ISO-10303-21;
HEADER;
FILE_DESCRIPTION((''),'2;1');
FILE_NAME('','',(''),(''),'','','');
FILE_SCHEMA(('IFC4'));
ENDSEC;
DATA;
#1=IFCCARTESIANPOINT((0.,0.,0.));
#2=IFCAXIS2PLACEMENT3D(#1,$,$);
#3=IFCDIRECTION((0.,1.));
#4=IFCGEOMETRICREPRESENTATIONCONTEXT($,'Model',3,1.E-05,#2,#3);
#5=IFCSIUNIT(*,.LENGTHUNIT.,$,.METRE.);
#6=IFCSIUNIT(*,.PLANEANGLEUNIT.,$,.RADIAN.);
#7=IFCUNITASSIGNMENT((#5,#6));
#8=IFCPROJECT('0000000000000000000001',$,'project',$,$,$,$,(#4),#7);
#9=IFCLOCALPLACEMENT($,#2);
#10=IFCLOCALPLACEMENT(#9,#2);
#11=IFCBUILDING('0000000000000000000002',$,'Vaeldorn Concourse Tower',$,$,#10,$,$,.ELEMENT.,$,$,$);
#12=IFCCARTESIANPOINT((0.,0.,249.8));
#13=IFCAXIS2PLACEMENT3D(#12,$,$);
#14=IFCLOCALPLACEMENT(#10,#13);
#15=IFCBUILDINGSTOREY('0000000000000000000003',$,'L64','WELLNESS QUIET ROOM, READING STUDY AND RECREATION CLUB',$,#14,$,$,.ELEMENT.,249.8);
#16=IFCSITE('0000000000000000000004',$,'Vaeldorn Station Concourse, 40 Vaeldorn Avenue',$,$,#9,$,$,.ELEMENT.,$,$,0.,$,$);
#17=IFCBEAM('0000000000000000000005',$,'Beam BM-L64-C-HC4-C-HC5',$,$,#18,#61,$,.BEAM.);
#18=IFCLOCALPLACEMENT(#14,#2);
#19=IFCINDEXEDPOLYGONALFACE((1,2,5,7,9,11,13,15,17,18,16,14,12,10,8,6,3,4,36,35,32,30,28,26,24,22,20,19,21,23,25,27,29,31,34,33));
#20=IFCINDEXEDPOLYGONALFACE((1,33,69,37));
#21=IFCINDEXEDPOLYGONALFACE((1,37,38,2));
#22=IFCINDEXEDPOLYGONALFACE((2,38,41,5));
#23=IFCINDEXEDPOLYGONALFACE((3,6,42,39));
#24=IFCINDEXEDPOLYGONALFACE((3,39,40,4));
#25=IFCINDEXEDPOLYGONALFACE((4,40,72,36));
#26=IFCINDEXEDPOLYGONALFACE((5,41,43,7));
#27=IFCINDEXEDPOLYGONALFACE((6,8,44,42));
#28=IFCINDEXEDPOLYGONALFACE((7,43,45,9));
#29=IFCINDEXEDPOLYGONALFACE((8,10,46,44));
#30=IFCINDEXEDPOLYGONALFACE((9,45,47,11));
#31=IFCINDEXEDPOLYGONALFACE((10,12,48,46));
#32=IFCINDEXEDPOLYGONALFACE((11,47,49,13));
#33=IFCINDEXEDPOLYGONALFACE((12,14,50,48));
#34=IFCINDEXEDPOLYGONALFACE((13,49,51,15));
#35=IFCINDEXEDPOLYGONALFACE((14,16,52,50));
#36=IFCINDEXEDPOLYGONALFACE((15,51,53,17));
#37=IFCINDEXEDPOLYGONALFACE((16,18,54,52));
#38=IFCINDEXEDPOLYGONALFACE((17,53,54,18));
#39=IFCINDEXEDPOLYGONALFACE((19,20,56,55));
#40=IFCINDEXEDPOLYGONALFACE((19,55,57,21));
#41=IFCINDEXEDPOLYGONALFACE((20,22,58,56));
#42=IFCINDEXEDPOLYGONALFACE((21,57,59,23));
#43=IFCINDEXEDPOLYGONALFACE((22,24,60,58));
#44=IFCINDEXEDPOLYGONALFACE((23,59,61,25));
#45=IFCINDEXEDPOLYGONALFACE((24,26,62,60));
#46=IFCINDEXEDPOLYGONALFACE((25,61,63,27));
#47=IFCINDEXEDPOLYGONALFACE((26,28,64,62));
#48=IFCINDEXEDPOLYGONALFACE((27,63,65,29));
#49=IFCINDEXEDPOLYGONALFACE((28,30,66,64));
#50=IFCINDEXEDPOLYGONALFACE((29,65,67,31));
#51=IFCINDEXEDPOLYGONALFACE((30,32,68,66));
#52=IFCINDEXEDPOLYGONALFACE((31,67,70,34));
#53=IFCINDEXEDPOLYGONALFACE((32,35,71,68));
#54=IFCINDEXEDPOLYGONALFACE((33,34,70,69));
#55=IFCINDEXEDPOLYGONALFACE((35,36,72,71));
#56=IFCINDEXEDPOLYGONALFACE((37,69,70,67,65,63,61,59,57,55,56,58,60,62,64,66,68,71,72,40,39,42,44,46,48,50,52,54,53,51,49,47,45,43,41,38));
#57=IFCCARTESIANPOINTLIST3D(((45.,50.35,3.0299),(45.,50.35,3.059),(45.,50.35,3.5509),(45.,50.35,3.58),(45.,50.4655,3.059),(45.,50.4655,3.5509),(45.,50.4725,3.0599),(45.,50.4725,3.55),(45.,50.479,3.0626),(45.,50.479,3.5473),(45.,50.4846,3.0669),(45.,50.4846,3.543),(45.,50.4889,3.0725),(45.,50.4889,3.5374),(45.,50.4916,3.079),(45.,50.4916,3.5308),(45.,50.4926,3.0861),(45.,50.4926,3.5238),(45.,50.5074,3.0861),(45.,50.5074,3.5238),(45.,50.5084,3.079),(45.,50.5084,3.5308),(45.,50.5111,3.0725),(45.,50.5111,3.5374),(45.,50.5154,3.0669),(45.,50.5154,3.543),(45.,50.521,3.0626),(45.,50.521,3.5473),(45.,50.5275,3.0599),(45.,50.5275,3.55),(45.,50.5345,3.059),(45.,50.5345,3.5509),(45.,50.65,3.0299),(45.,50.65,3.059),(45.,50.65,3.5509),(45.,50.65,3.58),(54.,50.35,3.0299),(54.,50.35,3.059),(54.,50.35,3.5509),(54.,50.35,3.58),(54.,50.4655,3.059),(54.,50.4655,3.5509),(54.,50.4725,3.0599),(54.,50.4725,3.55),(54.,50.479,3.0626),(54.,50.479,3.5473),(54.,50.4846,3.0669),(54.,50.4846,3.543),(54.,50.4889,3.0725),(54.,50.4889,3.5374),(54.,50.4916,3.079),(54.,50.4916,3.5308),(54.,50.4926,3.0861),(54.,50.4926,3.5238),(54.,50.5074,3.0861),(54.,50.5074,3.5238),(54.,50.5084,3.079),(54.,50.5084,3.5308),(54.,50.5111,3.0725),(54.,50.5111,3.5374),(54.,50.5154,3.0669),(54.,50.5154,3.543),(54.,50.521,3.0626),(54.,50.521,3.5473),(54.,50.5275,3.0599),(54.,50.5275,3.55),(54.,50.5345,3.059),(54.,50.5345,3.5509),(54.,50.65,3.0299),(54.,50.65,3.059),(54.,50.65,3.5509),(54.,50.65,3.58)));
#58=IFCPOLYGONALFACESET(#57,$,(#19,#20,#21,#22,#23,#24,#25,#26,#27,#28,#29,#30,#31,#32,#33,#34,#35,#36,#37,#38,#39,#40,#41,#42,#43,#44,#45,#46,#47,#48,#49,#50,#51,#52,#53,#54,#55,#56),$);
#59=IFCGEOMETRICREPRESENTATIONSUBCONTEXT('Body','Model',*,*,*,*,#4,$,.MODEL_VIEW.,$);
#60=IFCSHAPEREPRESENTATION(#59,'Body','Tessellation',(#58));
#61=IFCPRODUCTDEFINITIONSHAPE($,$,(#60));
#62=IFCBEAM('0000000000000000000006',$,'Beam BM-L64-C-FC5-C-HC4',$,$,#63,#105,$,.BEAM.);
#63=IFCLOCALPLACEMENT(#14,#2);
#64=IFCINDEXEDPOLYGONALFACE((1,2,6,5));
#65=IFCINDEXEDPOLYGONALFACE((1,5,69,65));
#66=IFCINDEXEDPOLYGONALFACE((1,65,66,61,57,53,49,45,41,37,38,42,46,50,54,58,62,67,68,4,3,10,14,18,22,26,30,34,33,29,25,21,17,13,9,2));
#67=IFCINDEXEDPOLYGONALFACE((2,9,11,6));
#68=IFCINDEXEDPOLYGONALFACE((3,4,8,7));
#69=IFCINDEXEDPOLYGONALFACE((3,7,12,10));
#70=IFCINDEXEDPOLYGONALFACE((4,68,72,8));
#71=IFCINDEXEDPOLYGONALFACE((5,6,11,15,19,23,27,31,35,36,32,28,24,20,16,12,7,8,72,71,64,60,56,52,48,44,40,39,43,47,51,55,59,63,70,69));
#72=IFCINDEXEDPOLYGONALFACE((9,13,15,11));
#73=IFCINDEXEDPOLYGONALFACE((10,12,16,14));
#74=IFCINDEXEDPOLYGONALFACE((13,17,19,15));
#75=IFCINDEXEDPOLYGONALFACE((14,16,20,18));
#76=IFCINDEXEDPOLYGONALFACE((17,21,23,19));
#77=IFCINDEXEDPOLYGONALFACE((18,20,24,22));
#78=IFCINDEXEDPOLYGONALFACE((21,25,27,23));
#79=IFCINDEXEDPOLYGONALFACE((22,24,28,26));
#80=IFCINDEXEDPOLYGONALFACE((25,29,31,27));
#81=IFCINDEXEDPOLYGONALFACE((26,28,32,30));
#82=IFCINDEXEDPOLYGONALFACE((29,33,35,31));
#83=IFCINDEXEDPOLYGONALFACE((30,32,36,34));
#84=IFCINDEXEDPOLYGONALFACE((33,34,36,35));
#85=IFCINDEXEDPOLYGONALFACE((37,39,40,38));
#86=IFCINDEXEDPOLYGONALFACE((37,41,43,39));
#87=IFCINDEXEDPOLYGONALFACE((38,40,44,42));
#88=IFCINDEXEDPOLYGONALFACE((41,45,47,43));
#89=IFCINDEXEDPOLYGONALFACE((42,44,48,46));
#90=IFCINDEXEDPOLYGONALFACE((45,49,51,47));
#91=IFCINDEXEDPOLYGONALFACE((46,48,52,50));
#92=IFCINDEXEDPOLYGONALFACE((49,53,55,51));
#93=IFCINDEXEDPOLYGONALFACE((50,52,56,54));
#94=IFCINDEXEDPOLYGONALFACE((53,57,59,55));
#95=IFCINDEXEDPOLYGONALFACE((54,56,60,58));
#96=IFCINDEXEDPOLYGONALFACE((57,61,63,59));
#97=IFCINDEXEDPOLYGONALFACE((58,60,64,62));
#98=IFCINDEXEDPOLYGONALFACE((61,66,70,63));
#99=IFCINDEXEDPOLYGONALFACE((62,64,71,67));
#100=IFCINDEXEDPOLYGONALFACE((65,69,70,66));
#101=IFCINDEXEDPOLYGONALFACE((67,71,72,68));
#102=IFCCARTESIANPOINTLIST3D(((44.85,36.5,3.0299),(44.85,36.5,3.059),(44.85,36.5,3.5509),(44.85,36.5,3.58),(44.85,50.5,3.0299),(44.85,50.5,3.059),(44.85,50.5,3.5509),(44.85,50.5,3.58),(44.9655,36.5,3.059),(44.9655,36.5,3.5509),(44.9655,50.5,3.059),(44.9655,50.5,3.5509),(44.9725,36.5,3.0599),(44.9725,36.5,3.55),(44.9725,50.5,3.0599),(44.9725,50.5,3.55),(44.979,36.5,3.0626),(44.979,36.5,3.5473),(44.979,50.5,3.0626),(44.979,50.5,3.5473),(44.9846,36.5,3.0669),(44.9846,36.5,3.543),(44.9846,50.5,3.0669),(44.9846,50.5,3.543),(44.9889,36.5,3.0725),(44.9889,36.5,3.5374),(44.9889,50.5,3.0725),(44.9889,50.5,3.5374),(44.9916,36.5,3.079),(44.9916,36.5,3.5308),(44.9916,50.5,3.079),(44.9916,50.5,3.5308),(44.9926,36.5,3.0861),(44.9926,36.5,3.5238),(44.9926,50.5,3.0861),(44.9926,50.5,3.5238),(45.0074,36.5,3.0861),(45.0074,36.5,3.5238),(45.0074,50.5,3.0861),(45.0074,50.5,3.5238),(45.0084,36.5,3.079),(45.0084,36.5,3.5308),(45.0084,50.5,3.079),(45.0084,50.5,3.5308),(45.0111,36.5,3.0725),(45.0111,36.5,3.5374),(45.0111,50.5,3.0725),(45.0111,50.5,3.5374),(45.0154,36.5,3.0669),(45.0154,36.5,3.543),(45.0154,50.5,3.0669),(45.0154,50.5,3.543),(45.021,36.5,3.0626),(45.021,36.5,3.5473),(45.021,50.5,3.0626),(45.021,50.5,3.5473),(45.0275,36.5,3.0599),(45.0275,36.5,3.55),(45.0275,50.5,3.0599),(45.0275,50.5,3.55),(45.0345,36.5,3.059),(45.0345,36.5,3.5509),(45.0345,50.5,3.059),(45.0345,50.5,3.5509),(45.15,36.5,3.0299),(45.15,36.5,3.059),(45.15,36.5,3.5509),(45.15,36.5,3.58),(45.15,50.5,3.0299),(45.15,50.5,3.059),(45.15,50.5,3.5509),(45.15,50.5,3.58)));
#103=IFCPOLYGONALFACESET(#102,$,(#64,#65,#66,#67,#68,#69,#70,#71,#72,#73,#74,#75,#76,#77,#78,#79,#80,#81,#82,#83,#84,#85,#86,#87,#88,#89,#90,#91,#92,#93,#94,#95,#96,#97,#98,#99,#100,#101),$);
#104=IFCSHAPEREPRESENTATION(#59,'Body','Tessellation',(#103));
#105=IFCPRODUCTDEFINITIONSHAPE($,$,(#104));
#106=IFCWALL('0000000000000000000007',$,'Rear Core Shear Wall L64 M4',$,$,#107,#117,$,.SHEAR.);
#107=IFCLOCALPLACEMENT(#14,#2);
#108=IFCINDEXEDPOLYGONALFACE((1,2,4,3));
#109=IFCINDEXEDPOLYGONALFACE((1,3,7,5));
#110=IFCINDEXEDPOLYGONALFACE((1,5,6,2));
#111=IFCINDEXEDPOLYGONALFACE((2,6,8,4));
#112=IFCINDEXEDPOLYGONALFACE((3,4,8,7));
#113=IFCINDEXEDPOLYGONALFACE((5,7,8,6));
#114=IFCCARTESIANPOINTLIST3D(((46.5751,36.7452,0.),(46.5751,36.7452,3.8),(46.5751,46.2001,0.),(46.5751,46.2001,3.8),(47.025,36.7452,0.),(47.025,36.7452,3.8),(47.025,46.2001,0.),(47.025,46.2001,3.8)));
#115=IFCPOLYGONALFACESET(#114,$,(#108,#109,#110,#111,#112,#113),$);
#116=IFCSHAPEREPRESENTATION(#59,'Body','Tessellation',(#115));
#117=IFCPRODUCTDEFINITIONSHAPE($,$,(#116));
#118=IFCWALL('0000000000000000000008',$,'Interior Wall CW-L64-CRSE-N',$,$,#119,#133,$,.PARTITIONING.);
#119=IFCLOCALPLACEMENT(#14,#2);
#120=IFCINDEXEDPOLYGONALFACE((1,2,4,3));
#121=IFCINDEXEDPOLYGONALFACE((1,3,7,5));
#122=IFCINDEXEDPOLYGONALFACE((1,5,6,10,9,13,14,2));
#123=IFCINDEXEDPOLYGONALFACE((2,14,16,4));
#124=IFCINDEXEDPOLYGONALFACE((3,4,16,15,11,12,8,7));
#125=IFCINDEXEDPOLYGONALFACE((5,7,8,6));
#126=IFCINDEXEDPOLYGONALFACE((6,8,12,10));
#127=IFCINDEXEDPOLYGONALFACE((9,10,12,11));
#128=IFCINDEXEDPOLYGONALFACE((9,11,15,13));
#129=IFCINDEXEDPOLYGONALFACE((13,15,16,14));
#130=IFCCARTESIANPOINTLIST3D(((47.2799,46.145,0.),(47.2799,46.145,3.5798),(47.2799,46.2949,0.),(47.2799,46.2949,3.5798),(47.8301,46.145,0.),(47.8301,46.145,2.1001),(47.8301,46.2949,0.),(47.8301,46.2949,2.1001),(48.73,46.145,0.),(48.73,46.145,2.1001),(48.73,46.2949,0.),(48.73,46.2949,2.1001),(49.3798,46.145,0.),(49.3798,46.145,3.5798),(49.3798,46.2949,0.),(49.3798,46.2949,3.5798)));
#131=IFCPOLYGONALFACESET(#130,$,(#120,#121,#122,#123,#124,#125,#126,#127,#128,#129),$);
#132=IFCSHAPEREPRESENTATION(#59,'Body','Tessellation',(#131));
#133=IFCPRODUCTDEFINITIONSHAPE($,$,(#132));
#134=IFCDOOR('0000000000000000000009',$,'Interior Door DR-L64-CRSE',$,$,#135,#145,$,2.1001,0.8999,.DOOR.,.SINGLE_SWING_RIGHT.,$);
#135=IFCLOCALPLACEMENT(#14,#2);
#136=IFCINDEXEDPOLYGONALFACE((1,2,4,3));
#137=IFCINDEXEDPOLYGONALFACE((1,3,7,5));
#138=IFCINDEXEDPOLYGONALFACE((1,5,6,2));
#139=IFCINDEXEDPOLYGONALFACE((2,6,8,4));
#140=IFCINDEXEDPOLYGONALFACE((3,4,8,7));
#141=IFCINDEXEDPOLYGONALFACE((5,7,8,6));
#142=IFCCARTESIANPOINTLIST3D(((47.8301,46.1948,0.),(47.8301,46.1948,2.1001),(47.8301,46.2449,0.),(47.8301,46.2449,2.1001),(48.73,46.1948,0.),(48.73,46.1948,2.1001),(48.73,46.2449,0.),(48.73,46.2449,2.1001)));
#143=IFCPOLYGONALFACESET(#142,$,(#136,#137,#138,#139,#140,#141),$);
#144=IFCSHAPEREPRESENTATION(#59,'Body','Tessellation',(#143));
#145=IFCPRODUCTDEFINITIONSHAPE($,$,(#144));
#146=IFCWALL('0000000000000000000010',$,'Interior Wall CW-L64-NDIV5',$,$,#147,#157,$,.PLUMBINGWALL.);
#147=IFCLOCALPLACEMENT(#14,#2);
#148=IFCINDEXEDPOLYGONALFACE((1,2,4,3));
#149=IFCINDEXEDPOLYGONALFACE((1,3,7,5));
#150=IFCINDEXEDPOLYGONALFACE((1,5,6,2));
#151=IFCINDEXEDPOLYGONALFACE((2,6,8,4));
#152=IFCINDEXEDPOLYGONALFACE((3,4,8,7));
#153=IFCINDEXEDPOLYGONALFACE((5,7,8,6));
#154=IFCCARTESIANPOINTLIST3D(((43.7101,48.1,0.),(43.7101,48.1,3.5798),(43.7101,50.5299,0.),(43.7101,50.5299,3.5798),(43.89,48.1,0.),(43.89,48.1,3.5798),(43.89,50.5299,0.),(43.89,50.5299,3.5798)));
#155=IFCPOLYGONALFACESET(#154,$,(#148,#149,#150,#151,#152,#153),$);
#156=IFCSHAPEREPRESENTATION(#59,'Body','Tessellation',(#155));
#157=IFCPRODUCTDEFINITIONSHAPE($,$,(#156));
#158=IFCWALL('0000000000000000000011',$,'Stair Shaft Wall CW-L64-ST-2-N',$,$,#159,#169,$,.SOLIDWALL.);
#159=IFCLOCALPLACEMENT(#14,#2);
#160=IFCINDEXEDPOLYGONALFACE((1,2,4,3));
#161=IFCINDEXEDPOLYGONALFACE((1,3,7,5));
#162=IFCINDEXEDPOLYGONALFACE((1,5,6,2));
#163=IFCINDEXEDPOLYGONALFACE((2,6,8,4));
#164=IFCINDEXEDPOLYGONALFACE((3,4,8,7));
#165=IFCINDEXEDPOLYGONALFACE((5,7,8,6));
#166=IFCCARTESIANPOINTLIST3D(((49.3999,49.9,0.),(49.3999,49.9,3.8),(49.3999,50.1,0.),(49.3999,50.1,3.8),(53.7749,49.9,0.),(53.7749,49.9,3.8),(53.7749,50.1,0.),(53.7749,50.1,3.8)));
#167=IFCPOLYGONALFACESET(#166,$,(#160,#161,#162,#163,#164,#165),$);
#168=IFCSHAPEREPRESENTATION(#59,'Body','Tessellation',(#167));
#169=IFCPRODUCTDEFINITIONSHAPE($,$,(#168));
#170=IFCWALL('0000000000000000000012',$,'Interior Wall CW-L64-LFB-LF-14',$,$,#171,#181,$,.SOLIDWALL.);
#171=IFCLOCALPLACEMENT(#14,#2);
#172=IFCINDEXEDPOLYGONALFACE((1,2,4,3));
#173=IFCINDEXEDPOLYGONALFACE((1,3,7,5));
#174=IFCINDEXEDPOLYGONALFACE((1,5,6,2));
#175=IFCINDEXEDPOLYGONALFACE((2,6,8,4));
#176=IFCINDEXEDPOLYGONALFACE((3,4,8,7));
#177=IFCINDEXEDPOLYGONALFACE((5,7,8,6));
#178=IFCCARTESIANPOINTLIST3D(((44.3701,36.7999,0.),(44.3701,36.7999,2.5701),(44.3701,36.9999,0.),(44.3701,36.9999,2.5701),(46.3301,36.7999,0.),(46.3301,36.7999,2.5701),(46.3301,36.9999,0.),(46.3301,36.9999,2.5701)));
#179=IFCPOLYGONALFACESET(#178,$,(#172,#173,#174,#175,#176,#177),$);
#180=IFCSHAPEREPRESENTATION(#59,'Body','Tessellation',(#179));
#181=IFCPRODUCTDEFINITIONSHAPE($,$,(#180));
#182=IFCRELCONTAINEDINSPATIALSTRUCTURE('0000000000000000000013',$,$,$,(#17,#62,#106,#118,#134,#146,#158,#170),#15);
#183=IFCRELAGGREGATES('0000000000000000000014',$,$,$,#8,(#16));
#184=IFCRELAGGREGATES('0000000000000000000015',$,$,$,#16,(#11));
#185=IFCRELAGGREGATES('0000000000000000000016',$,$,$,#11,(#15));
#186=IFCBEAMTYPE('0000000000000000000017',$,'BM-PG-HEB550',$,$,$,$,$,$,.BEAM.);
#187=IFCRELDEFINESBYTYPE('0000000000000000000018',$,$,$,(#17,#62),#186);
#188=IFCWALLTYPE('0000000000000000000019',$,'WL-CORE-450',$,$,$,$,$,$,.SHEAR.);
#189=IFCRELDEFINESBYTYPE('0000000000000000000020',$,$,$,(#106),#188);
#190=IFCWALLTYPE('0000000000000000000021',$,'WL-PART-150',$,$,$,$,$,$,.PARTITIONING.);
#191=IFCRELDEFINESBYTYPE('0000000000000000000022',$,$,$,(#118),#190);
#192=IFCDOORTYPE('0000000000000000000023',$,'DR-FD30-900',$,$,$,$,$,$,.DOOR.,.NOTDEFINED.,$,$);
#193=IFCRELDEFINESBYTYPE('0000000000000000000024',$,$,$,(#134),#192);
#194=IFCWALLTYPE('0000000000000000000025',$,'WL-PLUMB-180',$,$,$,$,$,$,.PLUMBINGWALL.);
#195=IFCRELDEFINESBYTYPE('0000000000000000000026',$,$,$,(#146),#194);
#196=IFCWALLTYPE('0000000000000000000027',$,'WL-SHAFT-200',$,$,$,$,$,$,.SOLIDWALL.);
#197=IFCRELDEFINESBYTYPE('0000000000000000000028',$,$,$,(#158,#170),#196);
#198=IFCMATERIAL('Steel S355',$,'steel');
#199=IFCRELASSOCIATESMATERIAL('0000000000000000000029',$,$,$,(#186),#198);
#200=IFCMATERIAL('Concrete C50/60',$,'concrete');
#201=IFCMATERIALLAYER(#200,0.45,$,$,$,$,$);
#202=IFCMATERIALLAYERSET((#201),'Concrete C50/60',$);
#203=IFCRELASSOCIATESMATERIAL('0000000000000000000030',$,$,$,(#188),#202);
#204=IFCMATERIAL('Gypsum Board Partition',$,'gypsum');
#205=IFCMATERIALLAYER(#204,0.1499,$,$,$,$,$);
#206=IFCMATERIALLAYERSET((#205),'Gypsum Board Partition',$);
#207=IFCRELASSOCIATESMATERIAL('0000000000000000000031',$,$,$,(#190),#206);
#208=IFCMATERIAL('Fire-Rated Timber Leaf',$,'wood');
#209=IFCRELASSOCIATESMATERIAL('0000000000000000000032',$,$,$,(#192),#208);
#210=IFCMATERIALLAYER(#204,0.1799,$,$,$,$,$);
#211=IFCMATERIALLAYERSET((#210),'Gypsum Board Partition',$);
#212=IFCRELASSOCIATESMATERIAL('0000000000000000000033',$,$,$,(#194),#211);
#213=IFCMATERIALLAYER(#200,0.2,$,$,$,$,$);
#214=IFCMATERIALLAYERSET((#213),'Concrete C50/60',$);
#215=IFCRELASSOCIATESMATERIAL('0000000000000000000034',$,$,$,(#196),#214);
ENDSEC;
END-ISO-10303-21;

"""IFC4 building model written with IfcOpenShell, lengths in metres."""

from ifc_helpers import new_model, si_unit, direction, frame, frame_2d, origin, origin_2d, place, context, subcontext, project, spatial, rectangle, i_section, extrude, source, transform, mapped, material, layer, layer_set, material_profile, profile_set, type_object, element, fill, save


model = new_model("IFC4")

# Units and contexts
model_context = context("Model", 3, precision=1e-05, world=origin(), true_north=direction((0.0, 1.0)))
body_context = subcontext(model_context, "Body", "Model", "MODEL_VIEW")
ifc_project = project(units=[si_unit("LENGTHUNIT", "METRE"), si_unit("PLANEANGLEUNIT", "RADIAN")], contexts=[model_context])

# Site, building, storey
site_placement = place(None, origin())
site = spatial("IfcSite", under=ifc_project, at=site_placement, Name="Vaeldorn Station Concourse, 40 Vaeldorn Avenue", CompositionType="ELEMENT", RefElevation=0.0)
building_placement = place(site_placement, origin())
building = spatial("IfcBuilding", under=site, at=building_placement, Name="Vaeldorn Concourse Tower", CompositionType="ELEMENT")
storey_placement = place(building_placement, frame((0.0, 0.0, 249.8)))
storey = spatial("IfcBuildingStorey", under=building, at=storey_placement, Name="L64", Description="WELLNESS QUIET ROOM, READING STUDY AND RECREATION CLUB", CompositionType="ELEMENT", Elevation=249.8)

# Beams
ifc_material_1 = material(Name="Concrete C50/60", Category="concrete")
ifc_material_2 = material(Name="Steel S355", Category="steel")
ifc_material_profile_1 = material_profile(ifc_material_2, i_section(OverallWidth=0.3, OverallDepth=0.55, WebThickness=0.0149, FlangeThickness=0.0291, FilletRadius=0.0271, at=origin_2d()), Name="HEB 550")
ifc_profile_set_1 = profile_set([ifc_material_profile_1], Name="Steel S355")
beam_type_1 = type_object("IfcBeamType", Name="BM-PG-HEB550", PredefinedType="BEAM", material=ifc_profile_set_1)
shared_shape_1 = source(origin(), body_context, "Body", "SweptSolid", [
    extrude(i_section(OverallWidth=0.3, OverallDepth=0.55, WebThickness=0.0149, FlangeThickness=0.0291, FilletRadius=0.0271, at=origin_2d()), origin(), (0.0, 0.0, 1.0), 9.0),
])
beam_1_placement = place(storey_placement, frame((45.0, 50.5, 3.3049), z_axis=(1.0, 0.0, 0.0), x_axis=(0.0, 1.0, 0.0)))
element("IfcBeam", 1, at=beam_1_placement, inside=storey, type_object=beam_type_1, Name="Beam BM-L64-C-HC4-C-HC5", PredefinedType="BEAM", context=body_context, shape_type="MappedRepresentation", body=[
    mapped(shared_shape_1, transform((0.0, 0.0, 0.0), scale=1.0)),
])
shared_shape_2 = source(origin(), body_context, "Body", "SweptSolid", [
    extrude(i_section(OverallWidth=0.3, OverallDepth=0.55, WebThickness=0.0149, FlangeThickness=0.0291, FilletRadius=0.0271, at=origin_2d()), origin(), (0.0, 0.0, 1.0), 14.0),
])
beam_2_placement = place(storey_placement, frame((45.0, 36.5, 3.3049), z_axis=(0.0, 1.0, 0.0), x_axis=(-1.0, 0.0, 0.0)))
element("IfcBeam", 2, at=beam_2_placement, inside=storey, type_object=beam_type_1, Name="Beam BM-L64-C-FC5-C-HC4", PredefinedType="BEAM", context=body_context, shape_type="MappedRepresentation", body=[
    mapped(shared_shape_2, transform((0.0, 0.0, 0.0), scale=1.0)),
])

# Wall
ifc_layer_1 = layer(ifc_material_1, 0.45)
ifc_layer_set_1 = layer_set([ifc_layer_1], Name="Concrete C50/60")
wall_type_1 = type_object("IfcWallType", Name="WL-CORE-450", PredefinedType="SHEAR", material=ifc_layer_set_1)
wall_1_placement = place(storey_placement, frame((46.8, 36.7451, 0.0), z_axis=(0.0, 0.0, 1.0), x_axis=(0.0, 1.0, 0.0)))
element("IfcWall", 3, at=wall_1_placement, inside=storey, type_object=wall_type_1, Name="Rear Core Shear Wall L64 M4", PredefinedType="SHEAR", context=body_context, shape_type="SweptSolid", body=[
    extrude(rectangle(XDim=9.4548, YDim=0.45, at=frame_2d((4.7275, 0.0))), origin(), (0.0, 0.0, 1.0), 3.8),
])

# Wall, opening, door
ifc_material_3 = material(Name="Gypsum Board Partition", Category="gypsum")
ifc_layer_2 = layer(ifc_material_3, 0.1499)
ifc_layer_set_2 = layer_set([ifc_layer_2], Name="Gypsum Board Partition")
wall_type_2 = type_object("IfcWallType", Name="WL-PART-150", PredefinedType="PARTITIONING", material=ifc_layer_set_2)
wall_2_placement = place(storey_placement, frame((47.28, 46.22, 0.0), z_axis=(0.0, 0.0, 1.0), x_axis=(1.0, 0.0, 0.0)))
wall_2 = element("IfcWall", 4, at=wall_2_placement, inside=storey, type_object=wall_type_2, Name="Interior Wall CW-L64-CRSE-N", PredefinedType="PARTITIONING", context=body_context, shape_type="SweptSolid", body=[
    extrude(rectangle(XDim=2.0999, YDim=0.1499, at=frame_2d((1.0498, 0.0))), origin(), (0.0, 0.0, 1.0), 3.5798),
])
opening_1_placement = place(wall_2_placement, frame((0.55, 0.0, 0.0)))
opening_1 = element("IfcOpeningElement", 5, at=opening_1_placement, cuts=wall_2, PredefinedType="OPENING", context=body_context, shape_type="SweptSolid", body=[
    extrude(rectangle(XDim=0.8999, YDim=2.1001, at=frame_2d((0.45, 1.05))), frame((0.0, 0.085, 0.0), z_axis=(0.0, -1.0, 0.0), x_axis=(1.0, 0.0, 0.0)), (0.0, 0.0, 1.0), 0.1699),
])
ifc_material_4 = material(Name="Fire-Rated Timber Leaf", Category="wood")
door_type_1 = type_object("IfcDoorType", Name="DR-FD30-900", OperationType="NOTDEFINED", PredefinedType="DOOR", material=ifc_material_4)
shared_shape_3 = source(origin(), body_context, "Body", "SweptSolid", [
    extrude(rectangle(XDim=0.8999, YDim=2.1001, at=frame_2d((0.45, 1.05))), frame((0.0, 0.0249, 0.0), z_axis=(0.0, -1.0, 0.0), x_axis=(1.0, 0.0, 0.0)), (0.0, 0.0, 1.0), 0.05),
])
door_1_placement = place(opening_1_placement, origin())
door_1 = element("IfcDoor", 6, at=door_1_placement, inside=storey, type_object=door_type_1, Name="Interior Door DR-L64-CRSE", OperationType="SINGLE_SWING_RIGHT", OverallHeight=2.1001, OverallWidth=0.8999, PredefinedType="DOOR", context=body_context, shape_type="MappedRepresentation", body=[
    mapped(shared_shape_3, transform((0.0, 0.0, 0.0), scale=1.0)),
])
fill(opening_1, door_1)

# Wall
ifc_layer_3 = layer(ifc_material_3, 0.1799)
ifc_layer_set_3 = layer_set([ifc_layer_3], Name="Gypsum Board Partition")
wall_type_3 = type_object("IfcWallType", Name="WL-PLUMB-180", PredefinedType="PLUMBINGWALL", material=ifc_layer_set_3)
wall_3_placement = place(storey_placement, frame((43.8, 48.1001, 0.0), z_axis=(0.0, 0.0, 1.0), x_axis=(0.0, 1.0, 0.0)))
element("IfcWall", 7, at=wall_3_placement, inside=storey, type_object=wall_type_3, Name="Interior Wall CW-L64-NDIV5", PredefinedType="PLUMBINGWALL", context=body_context, shape_type="SweptSolid", body=[
    extrude(rectangle(XDim=2.4299, YDim=0.1799, at=frame_2d((1.2148, 0.0))), origin(), (0.0, 0.0, 1.0), 3.5798),
])

# Shared definitions
ifc_layer_4 = layer(ifc_material_1, 0.2)
ifc_layer_set_4 = layer_set([ifc_layer_4], Name="Concrete C50/60")
wall_type_4 = type_object("IfcWallType", Name="WL-SHAFT-200", PredefinedType="SOLIDWALL", material=ifc_layer_set_4)

# Wall
wall_4_placement = place(storey_placement, frame((49.3999, 50.0, 0.0), z_axis=(0.0, 0.0, 1.0), x_axis=(1.0, 0.0, 0.0)))
element("IfcWall", 8, at=wall_4_placement, inside=storey, type_object=wall_type_4, Name="Stair Shaft Wall CW-L64-ST-2-N", PredefinedType="SOLIDWALL", context=body_context, shape_type="SweptSolid", body=[
    extrude(rectangle(XDim=4.375, YDim=0.2, at=frame_2d((2.1875, 0.0))), origin(), (0.0, 0.0, 1.0), 3.8),
])

# Wall
wall_5_placement = place(storey_placement, frame((44.3701, 36.8999, 0.0), z_axis=(0.0, 0.0, 1.0), x_axis=(1.0, 0.0, 0.0)))
element("IfcWall", 9, at=wall_5_placement, inside=storey, type_object=wall_type_4, Name="Interior Wall CW-L64-LFB-LF-14", PredefinedType="SOLIDWALL", context=body_context, shape_type="SweptSolid", body=[
    extrude(rectangle(XDim=1.96, YDim=0.2, at=frame_2d((0.98, 0.0))), origin(), (0.0, 0.0, 1.0), 2.5701),
])

save(model, "model.ifc")
